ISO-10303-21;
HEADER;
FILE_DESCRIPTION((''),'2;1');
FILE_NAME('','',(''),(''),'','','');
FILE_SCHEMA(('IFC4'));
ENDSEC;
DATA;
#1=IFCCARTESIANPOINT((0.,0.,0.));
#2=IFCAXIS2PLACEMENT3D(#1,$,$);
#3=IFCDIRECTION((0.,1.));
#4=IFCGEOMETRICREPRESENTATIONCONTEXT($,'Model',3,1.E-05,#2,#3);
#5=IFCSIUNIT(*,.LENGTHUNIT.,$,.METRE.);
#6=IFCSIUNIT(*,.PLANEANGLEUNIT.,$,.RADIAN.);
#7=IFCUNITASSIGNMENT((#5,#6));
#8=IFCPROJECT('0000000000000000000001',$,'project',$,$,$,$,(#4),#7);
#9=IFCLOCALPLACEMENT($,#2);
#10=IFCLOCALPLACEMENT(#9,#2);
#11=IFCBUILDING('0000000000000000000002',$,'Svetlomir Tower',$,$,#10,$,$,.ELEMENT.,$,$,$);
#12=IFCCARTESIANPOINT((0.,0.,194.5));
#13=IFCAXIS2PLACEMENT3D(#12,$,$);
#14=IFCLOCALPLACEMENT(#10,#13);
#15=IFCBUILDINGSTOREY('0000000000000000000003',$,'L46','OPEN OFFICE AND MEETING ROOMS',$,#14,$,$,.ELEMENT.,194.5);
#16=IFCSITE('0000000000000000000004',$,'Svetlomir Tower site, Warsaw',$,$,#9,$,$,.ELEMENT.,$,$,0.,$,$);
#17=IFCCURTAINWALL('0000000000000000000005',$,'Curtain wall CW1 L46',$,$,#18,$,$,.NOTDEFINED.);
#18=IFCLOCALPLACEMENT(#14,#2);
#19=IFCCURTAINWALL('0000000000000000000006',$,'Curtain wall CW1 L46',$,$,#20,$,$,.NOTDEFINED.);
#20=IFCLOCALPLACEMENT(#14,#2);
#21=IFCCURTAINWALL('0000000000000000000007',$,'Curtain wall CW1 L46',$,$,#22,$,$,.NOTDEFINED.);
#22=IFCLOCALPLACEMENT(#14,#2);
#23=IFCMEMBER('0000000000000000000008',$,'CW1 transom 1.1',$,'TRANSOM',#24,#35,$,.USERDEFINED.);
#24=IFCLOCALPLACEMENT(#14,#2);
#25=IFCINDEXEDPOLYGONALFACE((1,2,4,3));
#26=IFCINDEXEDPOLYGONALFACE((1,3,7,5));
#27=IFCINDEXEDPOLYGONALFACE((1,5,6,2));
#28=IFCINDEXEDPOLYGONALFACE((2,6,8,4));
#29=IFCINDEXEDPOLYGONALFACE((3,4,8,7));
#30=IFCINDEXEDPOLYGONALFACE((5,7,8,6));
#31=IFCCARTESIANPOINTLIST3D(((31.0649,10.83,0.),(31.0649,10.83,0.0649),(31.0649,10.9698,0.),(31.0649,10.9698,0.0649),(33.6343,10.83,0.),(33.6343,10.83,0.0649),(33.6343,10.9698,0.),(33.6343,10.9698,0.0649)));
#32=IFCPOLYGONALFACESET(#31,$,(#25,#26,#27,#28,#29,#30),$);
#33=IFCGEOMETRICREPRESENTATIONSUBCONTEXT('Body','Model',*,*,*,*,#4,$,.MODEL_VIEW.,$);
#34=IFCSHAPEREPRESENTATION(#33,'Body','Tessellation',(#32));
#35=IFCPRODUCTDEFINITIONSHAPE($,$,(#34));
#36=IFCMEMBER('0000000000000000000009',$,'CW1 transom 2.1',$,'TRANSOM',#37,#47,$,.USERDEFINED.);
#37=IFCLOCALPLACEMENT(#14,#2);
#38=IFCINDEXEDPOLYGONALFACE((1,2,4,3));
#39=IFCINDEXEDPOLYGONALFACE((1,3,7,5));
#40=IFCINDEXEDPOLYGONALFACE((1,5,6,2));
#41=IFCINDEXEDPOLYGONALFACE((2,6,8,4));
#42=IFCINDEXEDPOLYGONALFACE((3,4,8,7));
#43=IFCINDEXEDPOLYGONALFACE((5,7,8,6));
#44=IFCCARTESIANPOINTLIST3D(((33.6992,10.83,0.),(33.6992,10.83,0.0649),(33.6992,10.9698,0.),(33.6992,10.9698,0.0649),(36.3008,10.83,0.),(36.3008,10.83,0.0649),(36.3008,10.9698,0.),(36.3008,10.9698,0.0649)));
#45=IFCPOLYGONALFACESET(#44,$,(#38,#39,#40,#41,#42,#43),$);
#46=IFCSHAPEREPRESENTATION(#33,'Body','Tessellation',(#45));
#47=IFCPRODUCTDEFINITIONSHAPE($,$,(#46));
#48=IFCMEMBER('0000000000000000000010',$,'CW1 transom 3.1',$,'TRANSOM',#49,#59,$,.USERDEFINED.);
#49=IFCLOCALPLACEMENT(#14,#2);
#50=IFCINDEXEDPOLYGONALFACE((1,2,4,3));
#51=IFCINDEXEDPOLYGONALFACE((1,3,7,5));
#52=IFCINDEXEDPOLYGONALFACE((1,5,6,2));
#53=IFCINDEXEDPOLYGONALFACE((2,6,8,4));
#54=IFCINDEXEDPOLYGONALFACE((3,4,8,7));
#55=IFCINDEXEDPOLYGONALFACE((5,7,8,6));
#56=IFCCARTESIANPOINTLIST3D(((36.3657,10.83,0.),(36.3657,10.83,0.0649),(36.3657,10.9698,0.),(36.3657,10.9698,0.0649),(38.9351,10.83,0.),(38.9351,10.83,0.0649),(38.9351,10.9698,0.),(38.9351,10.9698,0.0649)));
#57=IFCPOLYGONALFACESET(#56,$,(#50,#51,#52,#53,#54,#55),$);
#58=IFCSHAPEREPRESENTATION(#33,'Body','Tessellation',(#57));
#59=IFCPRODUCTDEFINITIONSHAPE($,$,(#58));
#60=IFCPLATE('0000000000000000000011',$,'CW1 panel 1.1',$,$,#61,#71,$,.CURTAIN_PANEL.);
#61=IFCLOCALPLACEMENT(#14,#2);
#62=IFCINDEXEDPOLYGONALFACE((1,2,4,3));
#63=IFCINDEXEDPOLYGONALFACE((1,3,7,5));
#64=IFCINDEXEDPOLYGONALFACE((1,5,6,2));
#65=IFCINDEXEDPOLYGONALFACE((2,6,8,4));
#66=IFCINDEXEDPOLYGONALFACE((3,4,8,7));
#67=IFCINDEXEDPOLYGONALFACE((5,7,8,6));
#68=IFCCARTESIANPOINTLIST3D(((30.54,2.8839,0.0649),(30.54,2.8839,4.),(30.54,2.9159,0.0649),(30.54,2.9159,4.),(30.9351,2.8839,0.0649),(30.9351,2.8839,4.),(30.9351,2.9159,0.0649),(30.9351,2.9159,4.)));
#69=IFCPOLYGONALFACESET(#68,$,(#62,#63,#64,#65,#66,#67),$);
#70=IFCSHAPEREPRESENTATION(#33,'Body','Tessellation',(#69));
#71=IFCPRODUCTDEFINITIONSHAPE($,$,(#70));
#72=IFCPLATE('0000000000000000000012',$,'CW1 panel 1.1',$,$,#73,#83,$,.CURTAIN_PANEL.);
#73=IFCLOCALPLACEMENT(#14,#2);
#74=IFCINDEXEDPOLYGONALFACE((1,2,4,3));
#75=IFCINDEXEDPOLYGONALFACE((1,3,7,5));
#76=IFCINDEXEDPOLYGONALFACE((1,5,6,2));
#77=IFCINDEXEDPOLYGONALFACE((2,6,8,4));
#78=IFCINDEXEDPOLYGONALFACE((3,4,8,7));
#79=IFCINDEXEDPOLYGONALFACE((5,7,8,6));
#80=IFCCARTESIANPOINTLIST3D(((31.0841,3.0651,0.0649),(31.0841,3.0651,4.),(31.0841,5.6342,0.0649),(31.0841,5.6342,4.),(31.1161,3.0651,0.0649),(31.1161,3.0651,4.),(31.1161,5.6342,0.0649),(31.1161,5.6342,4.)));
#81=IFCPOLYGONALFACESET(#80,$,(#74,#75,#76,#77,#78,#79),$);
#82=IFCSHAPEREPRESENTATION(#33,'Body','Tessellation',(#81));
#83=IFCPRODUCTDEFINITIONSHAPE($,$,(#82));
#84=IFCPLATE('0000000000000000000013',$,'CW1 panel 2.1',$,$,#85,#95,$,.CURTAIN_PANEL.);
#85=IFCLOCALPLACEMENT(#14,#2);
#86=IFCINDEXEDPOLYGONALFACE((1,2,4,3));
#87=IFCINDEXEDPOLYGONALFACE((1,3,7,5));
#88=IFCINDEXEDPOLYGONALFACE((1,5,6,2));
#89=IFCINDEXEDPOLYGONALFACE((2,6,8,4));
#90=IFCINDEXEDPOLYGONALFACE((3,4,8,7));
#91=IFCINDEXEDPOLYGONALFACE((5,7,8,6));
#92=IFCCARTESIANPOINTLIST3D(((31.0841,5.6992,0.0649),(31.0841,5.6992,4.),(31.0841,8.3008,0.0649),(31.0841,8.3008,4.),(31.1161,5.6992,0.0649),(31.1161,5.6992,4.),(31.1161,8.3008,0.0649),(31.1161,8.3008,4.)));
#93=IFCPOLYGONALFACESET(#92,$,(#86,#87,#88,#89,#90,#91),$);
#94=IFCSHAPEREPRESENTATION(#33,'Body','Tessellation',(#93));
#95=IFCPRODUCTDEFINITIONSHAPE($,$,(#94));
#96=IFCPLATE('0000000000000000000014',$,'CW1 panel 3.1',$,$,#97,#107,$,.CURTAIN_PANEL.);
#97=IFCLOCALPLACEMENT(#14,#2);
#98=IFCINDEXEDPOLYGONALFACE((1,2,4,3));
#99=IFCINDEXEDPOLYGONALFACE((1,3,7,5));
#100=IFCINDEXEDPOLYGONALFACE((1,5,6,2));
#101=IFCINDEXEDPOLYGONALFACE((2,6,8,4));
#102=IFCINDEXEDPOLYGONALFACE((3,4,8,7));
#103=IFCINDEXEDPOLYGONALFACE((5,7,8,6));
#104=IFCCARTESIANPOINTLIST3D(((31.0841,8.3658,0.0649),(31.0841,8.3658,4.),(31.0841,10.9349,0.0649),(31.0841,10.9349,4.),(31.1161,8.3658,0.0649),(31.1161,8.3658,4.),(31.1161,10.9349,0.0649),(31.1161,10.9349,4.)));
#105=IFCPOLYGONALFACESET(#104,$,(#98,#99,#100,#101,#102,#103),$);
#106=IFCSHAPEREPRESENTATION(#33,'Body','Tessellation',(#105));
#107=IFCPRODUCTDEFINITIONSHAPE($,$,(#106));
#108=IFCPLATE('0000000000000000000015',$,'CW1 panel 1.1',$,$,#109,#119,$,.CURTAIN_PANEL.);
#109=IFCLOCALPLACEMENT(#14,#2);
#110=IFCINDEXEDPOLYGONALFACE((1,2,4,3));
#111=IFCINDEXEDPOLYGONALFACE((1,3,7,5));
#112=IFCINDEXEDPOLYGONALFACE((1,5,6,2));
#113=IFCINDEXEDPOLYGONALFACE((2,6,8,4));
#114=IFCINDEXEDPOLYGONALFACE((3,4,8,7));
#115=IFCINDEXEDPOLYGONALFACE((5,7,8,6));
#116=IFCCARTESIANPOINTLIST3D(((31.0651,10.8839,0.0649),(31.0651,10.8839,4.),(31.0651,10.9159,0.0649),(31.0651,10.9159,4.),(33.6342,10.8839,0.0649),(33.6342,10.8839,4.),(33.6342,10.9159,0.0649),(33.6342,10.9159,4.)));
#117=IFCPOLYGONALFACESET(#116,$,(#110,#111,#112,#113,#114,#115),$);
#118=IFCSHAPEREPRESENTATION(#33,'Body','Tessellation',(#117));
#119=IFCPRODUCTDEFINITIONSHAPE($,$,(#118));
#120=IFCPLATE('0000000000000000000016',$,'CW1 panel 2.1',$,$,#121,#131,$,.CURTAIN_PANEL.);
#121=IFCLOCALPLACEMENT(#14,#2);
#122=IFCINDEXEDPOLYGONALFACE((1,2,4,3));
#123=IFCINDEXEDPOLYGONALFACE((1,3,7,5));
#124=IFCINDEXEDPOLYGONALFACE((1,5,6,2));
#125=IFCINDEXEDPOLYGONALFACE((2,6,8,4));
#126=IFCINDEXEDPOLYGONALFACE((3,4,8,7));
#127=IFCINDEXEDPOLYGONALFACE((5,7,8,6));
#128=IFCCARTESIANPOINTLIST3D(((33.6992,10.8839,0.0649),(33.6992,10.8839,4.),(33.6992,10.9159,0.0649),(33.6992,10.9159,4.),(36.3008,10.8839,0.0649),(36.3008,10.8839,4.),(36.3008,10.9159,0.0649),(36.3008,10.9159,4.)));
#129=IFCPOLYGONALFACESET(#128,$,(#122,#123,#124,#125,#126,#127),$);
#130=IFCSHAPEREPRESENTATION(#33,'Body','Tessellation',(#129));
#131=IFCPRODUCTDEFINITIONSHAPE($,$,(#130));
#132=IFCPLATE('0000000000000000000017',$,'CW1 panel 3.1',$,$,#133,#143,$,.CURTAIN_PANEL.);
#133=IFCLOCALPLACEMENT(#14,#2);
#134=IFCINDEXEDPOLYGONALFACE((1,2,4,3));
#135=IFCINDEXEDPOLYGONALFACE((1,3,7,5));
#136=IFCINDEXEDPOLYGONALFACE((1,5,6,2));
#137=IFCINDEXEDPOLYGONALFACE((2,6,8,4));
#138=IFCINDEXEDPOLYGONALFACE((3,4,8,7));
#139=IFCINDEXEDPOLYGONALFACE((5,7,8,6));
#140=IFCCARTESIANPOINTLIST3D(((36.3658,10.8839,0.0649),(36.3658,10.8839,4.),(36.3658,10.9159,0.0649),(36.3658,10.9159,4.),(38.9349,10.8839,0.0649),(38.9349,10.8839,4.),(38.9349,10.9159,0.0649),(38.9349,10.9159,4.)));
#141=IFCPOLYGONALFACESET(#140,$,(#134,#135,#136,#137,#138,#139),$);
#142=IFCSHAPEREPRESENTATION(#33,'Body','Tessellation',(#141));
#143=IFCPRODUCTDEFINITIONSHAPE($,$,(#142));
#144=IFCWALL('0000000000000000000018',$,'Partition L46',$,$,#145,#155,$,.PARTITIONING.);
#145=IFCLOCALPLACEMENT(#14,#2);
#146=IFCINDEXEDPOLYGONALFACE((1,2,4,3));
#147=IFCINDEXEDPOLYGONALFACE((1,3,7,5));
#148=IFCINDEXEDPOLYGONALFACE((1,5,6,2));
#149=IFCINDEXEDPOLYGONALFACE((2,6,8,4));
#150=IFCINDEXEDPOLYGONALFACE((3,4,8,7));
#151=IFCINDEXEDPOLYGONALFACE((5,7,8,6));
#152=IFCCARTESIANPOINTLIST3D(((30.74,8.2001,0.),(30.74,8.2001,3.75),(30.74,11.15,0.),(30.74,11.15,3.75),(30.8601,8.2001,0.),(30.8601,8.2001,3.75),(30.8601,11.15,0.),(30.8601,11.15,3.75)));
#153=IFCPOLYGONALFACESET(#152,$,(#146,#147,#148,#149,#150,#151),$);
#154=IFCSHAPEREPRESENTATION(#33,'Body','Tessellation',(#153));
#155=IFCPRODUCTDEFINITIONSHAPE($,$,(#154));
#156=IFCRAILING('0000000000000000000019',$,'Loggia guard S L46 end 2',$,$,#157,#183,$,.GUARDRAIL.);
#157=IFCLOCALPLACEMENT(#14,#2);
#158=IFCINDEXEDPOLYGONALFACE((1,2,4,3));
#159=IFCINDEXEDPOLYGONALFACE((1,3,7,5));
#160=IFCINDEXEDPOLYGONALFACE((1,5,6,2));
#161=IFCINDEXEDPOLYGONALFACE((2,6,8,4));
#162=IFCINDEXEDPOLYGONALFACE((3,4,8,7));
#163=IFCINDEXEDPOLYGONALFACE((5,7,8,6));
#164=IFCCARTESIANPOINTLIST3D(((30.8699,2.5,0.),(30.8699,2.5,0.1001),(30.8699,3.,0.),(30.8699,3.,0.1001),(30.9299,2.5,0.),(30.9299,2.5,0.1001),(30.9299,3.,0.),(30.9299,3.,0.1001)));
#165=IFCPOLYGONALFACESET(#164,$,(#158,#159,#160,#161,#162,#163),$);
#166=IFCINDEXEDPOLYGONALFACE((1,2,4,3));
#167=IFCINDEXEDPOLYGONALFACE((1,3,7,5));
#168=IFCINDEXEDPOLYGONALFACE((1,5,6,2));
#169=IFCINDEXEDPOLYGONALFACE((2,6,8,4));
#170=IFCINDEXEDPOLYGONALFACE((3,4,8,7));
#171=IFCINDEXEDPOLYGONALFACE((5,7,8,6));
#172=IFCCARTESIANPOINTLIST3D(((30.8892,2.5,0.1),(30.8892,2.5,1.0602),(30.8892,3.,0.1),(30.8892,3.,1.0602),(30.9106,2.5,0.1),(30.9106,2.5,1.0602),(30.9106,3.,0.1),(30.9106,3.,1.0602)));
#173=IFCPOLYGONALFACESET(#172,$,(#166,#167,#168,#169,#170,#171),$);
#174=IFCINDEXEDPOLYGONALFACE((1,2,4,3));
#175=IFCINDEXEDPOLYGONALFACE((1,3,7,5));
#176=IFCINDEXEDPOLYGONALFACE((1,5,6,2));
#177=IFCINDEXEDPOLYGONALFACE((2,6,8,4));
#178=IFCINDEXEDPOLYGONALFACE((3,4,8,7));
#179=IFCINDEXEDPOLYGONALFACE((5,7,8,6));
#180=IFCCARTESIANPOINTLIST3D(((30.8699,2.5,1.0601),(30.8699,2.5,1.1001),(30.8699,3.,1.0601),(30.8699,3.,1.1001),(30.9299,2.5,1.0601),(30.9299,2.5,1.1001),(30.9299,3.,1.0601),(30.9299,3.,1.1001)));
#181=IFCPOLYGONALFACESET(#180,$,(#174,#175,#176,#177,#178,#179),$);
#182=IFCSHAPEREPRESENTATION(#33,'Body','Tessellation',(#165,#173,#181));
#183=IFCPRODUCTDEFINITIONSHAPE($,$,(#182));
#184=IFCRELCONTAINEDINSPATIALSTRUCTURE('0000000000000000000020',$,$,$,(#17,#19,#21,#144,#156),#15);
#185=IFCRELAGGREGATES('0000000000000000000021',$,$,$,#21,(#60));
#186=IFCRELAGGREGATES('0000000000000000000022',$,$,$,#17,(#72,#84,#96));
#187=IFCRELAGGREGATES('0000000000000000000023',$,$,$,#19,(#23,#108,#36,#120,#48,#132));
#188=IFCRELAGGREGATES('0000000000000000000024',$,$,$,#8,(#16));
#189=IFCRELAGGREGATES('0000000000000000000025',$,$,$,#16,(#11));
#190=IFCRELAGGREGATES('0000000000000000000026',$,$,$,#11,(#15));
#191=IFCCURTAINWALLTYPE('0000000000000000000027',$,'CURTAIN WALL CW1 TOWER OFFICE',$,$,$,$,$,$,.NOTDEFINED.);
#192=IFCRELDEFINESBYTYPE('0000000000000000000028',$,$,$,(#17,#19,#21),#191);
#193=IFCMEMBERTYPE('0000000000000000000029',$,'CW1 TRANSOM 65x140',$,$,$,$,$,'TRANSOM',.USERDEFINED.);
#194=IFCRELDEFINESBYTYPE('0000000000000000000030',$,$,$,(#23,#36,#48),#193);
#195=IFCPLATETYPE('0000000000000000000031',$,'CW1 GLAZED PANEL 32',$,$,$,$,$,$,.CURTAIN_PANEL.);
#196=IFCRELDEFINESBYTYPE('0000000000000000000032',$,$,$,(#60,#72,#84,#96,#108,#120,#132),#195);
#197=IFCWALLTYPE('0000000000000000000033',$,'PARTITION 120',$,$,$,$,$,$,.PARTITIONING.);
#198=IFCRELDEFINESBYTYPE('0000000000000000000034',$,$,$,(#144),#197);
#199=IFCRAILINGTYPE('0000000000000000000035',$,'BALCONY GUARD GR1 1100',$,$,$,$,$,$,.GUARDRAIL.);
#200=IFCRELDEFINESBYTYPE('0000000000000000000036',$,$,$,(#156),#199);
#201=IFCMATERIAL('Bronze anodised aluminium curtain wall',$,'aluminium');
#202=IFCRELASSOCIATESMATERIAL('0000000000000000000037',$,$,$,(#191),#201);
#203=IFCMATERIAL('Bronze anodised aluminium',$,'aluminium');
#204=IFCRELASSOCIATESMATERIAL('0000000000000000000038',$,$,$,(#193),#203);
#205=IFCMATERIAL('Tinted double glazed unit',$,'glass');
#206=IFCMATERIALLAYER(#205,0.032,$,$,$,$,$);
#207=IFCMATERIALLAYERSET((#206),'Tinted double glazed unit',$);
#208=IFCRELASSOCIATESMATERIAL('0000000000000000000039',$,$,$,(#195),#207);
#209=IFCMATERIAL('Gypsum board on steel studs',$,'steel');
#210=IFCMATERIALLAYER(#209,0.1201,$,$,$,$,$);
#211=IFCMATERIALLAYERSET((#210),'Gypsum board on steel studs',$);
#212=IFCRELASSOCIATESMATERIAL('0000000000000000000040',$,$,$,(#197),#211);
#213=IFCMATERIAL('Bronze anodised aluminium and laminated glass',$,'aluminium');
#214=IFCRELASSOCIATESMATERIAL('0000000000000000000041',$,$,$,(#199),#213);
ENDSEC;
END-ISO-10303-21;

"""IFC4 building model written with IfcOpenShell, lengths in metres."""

from ifc_helpers import new_model, si_unit, direction, frame, frame_2d, origin, origin_2d, place, context, subcontext, project, spatial, rectangle, extrude, material, layer, layer_set, material_profile, profile_set, type_object, element, aggregate, save


model = new_model("IFC4")

# Units and contexts
model_context = context("Model", 3, precision=1e-05, world=origin(), true_north=direction((0.0, 1.0)))
body_context = subcontext(model_context, "Body", "Model", "MODEL_VIEW")
ifc_project = project(units=[si_unit("LENGTHUNIT", "METRE"), si_unit("PLANEANGLEUNIT", "RADIAN")], contexts=[model_context])

# Site, building, storey
site_placement = place(None, origin())
site = spatial("IfcSite", under=ifc_project, at=site_placement, Name="Svetlomir Tower site, Warsaw", CompositionType="ELEMENT", RefElevation=0.0)
building_placement = place(site_placement, origin())
building = spatial("IfcBuilding", under=site, at=building_placement, Name="Svetlomir Tower", CompositionType="ELEMENT")
storey_placement = place(building_placement, frame((0.0, 0.0, 194.5)))
storey = spatial("IfcBuildingStorey", under=building, at=storey_placement, Name="L46", Description="OPEN OFFICE AND MEETING ROOMS", CompositionType="ELEMENT", Elevation=194.5)

# Curtain walls
ifc_material_1 = material(Name="Bronze anodised aluminium curtain wall", Category="aluminium")
curtain_wall_type = type_object("IfcCurtainWallType", Name="CURTAIN WALL CW1 TOWER OFFICE", PredefinedType="NOTDEFINED", material=ifc_material_1)
curtain_wall_1_placement = place(storey_placement, origin())
curtain_wall_1 = element("IfcCurtainWall", 1, at=curtain_wall_1_placement, inside=storey, type_object=curtain_wall_type, Name="Curtain wall CW1 L46", PredefinedType="NOTDEFINED")
curtain_wall_2_placement = place(storey_placement, origin())
curtain_wall_2 = element("IfcCurtainWall", 2, at=curtain_wall_2_placement, inside=storey, type_object=curtain_wall_type, Name="Curtain wall CW1 L46", PredefinedType="NOTDEFINED")
curtain_wall_3_placement = place(storey_placement, origin())
curtain_wall_3 = element("IfcCurtainWall", 3, at=curtain_wall_3_placement, inside=storey, type_object=curtain_wall_type, Name="Curtain wall CW1 L46", PredefinedType="NOTDEFINED")

# Members
ifc_material_2 = material(Name="Bronze anodised aluminium", Category="aluminium")
ifc_material_profile_1 = material_profile(ifc_material_2, rectangle(XDim=0.1399, YDim=0.0649, at=origin_2d()), Name="AL 140x65")
ifc_profile_set_1 = profile_set([ifc_material_profile_1], Name="Bronze anodised aluminium 6063-T6")
member_type_1 = type_object("IfcMemberType", Name="CW1 TRANSOM 65x140", ElementType="TRANSOM", PredefinedType="USERDEFINED", material=ifc_profile_set_1)
member_1_placement = place(storey_placement, frame((31.0649, 10.8999, 0.0325), z_axis=(1.0, 0.0, 0.0), x_axis=(0.0, 1.0, 0.0)))
member_1 = element("IfcMember", 4, at=member_1_placement, type_object=member_type_1, Name="CW1 transom 1.1", ObjectType="TRANSOM", PredefinedType="USERDEFINED", context=body_context, shape_type="SweptSolid", body=[
    extrude(rectangle(XDim=0.1399, YDim=0.0649, at=origin_2d()), origin(), (0.0, 0.0, 1.0), 2.5693),
])
member_2_placement = place(storey_placement, frame((33.6992, 10.8999, 0.0325), z_axis=(1.0, 0.0, 0.0), x_axis=(0.0, 1.0, 0.0)))
member_2 = element("IfcMember", 5, at=member_2_placement, type_object=member_type_1, Name="CW1 transom 2.1", ObjectType="TRANSOM", PredefinedType="USERDEFINED", context=body_context, shape_type="SweptSolid", body=[
    extrude(rectangle(XDim=0.1399, YDim=0.0649, at=origin_2d()), origin(), (0.0, 0.0, 1.0), 2.6016),
])
member_3_placement = place(storey_placement, frame((36.3657, 10.8999, 0.0325), z_axis=(1.0, 0.0, 0.0), x_axis=(0.0, 1.0, 0.0)))
member_3 = element("IfcMember", 6, at=member_3_placement, type_object=member_type_1, Name="CW1 transom 3.1", ObjectType="TRANSOM", PredefinedType="USERDEFINED", context=body_context, shape_type="SweptSolid", body=[
    extrude(rectangle(XDim=0.1399, YDim=0.0649, at=origin_2d()), origin(), (0.0, 0.0, 1.0), 2.5693),
])

# Plates
ifc_material_3 = material(Name="Tinted double glazed unit", Category="glass")
ifc_layer_1 = layer(ifc_material_3, 0.032)
ifc_layer_set_1 = layer_set([ifc_layer_1], Name="Tinted double glazed unit")
plate_type = type_object("IfcPlateType", Name="CW1 GLAZED PANEL 32", PredefinedType="CURTAIN_PANEL", material=ifc_layer_set_1)
plate_1_placement = place(storey_placement, frame((30.7375, 2.8999, 0.0649), z_axis=(0.0, 0.0, 1.0), x_axis=(1.0, 0.0, 0.0)))
plate_1 = element("IfcPlate", 7, at=plate_1_placement, type_object=plate_type, Name="CW1 panel 1.1", PredefinedType="CURTAIN_PANEL", context=body_context, shape_type="SweptSolid", body=[
    extrude(rectangle(XDim=0.395, YDim=0.032, at=origin_2d()), origin(), (0.0, 0.0, 1.0), 3.9351),
])
aggregate(curtain_wall_3, [plate_1])
plate_2_placement = place(storey_placement, frame((31.1001, 4.3496, 0.0649), z_axis=(0.0, 0.0, 1.0), x_axis=(0.0, 1.0, 0.0)))
plate_2 = element("IfcPlate", 8, at=plate_2_placement, type_object=plate_type, Name="CW1 panel 1.1", PredefinedType="CURTAIN_PANEL", context=body_context, shape_type="SweptSolid", body=[
    extrude(rectangle(XDim=2.5691, YDim=0.032, at=origin_2d()), origin(), (0.0, 0.0, 1.0), 3.9351),
])
plate_3_placement = place(storey_placement, frame((31.1001, 7.0, 0.0649), z_axis=(0.0, 0.0, 1.0), x_axis=(0.0, 1.0, 0.0)))
plate_3 = element("IfcPlate", 9, at=plate_3_placement, type_object=plate_type, Name="CW1 panel 2.1", PredefinedType="CURTAIN_PANEL", context=body_context, shape_type="SweptSolid", body=[
    extrude(rectangle(XDim=2.6016, YDim=0.032, at=origin_2d()), origin(), (0.0, 0.0, 1.0), 3.9351),
])
plate_4_placement = place(storey_placement, frame((31.1001, 9.6504, 0.0649), z_axis=(0.0, 0.0, 1.0), x_axis=(0.0, 1.0, 0.0)))
plate_4 = element("IfcPlate", 10, at=plate_4_placement, type_object=plate_type, Name="CW1 panel 3.1", PredefinedType="CURTAIN_PANEL", context=body_context, shape_type="SweptSolid", body=[
    extrude(rectangle(XDim=2.5691, YDim=0.032, at=origin_2d()), origin(), (0.0, 0.0, 1.0), 3.9351),
])
aggregate(curtain_wall_1, [plate_2, plate_3, plate_4])
plate_5_placement = place(storey_placement, frame((32.3496, 10.8999, 0.0649), z_axis=(0.0, 0.0, 1.0), x_axis=(1.0, 0.0, 0.0)))
plate_5 = element("IfcPlate", 11, at=plate_5_placement, type_object=plate_type, Name="CW1 panel 1.1", PredefinedType="CURTAIN_PANEL", context=body_context, shape_type="SweptSolid", body=[
    extrude(rectangle(XDim=2.5691, YDim=0.032, at=origin_2d()), origin(), (0.0, 0.0, 1.0), 3.9351),
])
plate_6_placement = place(storey_placement, frame((35.0, 10.8999, 0.0649), z_axis=(0.0, 0.0, 1.0), x_axis=(1.0, 0.0, 0.0)))
plate_6 = element("IfcPlate", 12, at=plate_6_placement, type_object=plate_type, Name="CW1 panel 2.1", PredefinedType="CURTAIN_PANEL", context=body_context, shape_type="SweptSolid", body=[
    extrude(rectangle(XDim=2.6016, YDim=0.032, at=origin_2d()), origin(), (0.0, 0.0, 1.0), 3.9351),
])
plate_7_placement = place(storey_placement, frame((37.6504, 10.8999, 0.0649), z_axis=(0.0, 0.0, 1.0), x_axis=(1.0, 0.0, 0.0)))
plate_7 = element("IfcPlate", 13, at=plate_7_placement, type_object=plate_type, Name="CW1 panel 3.1", PredefinedType="CURTAIN_PANEL", context=body_context, shape_type="SweptSolid", body=[
    extrude(rectangle(XDim=2.5691, YDim=0.032, at=origin_2d()), origin(), (0.0, 0.0, 1.0), 3.9351),
])
aggregate(curtain_wall_2, [member_1, plate_5, member_2, plate_6, member_3, plate_7])

# Wall
ifc_material_4 = material(Name="Gypsum board on steel studs", Category="steel")
ifc_layer_2 = layer(ifc_material_4, 0.1201)
ifc_layer_set_2 = layer_set([ifc_layer_2], Name="Gypsum board on steel studs")
wall_type = type_object("IfcWallType", Name="PARTITION 120", PredefinedType="PARTITIONING", material=ifc_layer_set_2)
wall_placement = place(storey_placement, frame((30.8, 8.2, 0.0), z_axis=(0.0, 0.0, 1.0), x_axis=(0.0, 1.0, 0.0)))
element("IfcWall", 14, at=wall_placement, inside=storey, type_object=wall_type, Name="Partition L46", PredefinedType="PARTITIONING", context=body_context, shape_type="SweptSolid", body=[
    extrude(rectangle(XDim=2.95, YDim=0.1201, at=frame_2d((1.4751, 0.0))), origin(), (0.0, 0.0, 1.0), 3.75),
])

# Railing
ifc_material_5 = material(Name="Bronze anodised aluminium and laminated glass", Category="aluminium")
railing_type = type_object("IfcRailingType", Name="BALCONY GUARD GR1 1100", PredefinedType="GUARDRAIL", material=ifc_material_5)
railing_placement = place(storey_placement, frame((30.8999, 2.5, 0.0)))
element("IfcRailing", 15, at=railing_placement, inside=storey, type_object=railing_type, Name="Loggia guard S L46 end 2", PredefinedType="GUARDRAIL", context=body_context, shape_type="SweptSolid", body=[
    extrude(rectangle(XDim=0.0601, YDim=0.1001, at=origin_2d()), frame((0.0, 0.0, 0.05), z_axis=(0.0, 1.0, 0.0), x_axis=(-1.0, 0.0, 0.0)), (0.0, 0.0, 1.0), 0.5),
    extrude(rectangle(XDim=0.0215, YDim=0.9602, at=origin_2d()), frame((0.0, 0.0, 0.5801), z_axis=(0.0, 1.0, 0.0), x_axis=(-1.0, 0.0, 0.0)), (0.0, 0.0, 1.0), 0.5),
    extrude(rectangle(XDim=0.0601, YDim=0.04, at=origin_2d()), frame((0.0, 0.0, 1.0801), z_axis=(0.0, 1.0, 0.0), x_axis=(-1.0, 0.0, 0.0)), (0.0, 0.0, 1.0), 0.5),
])

save(model, "model.ifc")
